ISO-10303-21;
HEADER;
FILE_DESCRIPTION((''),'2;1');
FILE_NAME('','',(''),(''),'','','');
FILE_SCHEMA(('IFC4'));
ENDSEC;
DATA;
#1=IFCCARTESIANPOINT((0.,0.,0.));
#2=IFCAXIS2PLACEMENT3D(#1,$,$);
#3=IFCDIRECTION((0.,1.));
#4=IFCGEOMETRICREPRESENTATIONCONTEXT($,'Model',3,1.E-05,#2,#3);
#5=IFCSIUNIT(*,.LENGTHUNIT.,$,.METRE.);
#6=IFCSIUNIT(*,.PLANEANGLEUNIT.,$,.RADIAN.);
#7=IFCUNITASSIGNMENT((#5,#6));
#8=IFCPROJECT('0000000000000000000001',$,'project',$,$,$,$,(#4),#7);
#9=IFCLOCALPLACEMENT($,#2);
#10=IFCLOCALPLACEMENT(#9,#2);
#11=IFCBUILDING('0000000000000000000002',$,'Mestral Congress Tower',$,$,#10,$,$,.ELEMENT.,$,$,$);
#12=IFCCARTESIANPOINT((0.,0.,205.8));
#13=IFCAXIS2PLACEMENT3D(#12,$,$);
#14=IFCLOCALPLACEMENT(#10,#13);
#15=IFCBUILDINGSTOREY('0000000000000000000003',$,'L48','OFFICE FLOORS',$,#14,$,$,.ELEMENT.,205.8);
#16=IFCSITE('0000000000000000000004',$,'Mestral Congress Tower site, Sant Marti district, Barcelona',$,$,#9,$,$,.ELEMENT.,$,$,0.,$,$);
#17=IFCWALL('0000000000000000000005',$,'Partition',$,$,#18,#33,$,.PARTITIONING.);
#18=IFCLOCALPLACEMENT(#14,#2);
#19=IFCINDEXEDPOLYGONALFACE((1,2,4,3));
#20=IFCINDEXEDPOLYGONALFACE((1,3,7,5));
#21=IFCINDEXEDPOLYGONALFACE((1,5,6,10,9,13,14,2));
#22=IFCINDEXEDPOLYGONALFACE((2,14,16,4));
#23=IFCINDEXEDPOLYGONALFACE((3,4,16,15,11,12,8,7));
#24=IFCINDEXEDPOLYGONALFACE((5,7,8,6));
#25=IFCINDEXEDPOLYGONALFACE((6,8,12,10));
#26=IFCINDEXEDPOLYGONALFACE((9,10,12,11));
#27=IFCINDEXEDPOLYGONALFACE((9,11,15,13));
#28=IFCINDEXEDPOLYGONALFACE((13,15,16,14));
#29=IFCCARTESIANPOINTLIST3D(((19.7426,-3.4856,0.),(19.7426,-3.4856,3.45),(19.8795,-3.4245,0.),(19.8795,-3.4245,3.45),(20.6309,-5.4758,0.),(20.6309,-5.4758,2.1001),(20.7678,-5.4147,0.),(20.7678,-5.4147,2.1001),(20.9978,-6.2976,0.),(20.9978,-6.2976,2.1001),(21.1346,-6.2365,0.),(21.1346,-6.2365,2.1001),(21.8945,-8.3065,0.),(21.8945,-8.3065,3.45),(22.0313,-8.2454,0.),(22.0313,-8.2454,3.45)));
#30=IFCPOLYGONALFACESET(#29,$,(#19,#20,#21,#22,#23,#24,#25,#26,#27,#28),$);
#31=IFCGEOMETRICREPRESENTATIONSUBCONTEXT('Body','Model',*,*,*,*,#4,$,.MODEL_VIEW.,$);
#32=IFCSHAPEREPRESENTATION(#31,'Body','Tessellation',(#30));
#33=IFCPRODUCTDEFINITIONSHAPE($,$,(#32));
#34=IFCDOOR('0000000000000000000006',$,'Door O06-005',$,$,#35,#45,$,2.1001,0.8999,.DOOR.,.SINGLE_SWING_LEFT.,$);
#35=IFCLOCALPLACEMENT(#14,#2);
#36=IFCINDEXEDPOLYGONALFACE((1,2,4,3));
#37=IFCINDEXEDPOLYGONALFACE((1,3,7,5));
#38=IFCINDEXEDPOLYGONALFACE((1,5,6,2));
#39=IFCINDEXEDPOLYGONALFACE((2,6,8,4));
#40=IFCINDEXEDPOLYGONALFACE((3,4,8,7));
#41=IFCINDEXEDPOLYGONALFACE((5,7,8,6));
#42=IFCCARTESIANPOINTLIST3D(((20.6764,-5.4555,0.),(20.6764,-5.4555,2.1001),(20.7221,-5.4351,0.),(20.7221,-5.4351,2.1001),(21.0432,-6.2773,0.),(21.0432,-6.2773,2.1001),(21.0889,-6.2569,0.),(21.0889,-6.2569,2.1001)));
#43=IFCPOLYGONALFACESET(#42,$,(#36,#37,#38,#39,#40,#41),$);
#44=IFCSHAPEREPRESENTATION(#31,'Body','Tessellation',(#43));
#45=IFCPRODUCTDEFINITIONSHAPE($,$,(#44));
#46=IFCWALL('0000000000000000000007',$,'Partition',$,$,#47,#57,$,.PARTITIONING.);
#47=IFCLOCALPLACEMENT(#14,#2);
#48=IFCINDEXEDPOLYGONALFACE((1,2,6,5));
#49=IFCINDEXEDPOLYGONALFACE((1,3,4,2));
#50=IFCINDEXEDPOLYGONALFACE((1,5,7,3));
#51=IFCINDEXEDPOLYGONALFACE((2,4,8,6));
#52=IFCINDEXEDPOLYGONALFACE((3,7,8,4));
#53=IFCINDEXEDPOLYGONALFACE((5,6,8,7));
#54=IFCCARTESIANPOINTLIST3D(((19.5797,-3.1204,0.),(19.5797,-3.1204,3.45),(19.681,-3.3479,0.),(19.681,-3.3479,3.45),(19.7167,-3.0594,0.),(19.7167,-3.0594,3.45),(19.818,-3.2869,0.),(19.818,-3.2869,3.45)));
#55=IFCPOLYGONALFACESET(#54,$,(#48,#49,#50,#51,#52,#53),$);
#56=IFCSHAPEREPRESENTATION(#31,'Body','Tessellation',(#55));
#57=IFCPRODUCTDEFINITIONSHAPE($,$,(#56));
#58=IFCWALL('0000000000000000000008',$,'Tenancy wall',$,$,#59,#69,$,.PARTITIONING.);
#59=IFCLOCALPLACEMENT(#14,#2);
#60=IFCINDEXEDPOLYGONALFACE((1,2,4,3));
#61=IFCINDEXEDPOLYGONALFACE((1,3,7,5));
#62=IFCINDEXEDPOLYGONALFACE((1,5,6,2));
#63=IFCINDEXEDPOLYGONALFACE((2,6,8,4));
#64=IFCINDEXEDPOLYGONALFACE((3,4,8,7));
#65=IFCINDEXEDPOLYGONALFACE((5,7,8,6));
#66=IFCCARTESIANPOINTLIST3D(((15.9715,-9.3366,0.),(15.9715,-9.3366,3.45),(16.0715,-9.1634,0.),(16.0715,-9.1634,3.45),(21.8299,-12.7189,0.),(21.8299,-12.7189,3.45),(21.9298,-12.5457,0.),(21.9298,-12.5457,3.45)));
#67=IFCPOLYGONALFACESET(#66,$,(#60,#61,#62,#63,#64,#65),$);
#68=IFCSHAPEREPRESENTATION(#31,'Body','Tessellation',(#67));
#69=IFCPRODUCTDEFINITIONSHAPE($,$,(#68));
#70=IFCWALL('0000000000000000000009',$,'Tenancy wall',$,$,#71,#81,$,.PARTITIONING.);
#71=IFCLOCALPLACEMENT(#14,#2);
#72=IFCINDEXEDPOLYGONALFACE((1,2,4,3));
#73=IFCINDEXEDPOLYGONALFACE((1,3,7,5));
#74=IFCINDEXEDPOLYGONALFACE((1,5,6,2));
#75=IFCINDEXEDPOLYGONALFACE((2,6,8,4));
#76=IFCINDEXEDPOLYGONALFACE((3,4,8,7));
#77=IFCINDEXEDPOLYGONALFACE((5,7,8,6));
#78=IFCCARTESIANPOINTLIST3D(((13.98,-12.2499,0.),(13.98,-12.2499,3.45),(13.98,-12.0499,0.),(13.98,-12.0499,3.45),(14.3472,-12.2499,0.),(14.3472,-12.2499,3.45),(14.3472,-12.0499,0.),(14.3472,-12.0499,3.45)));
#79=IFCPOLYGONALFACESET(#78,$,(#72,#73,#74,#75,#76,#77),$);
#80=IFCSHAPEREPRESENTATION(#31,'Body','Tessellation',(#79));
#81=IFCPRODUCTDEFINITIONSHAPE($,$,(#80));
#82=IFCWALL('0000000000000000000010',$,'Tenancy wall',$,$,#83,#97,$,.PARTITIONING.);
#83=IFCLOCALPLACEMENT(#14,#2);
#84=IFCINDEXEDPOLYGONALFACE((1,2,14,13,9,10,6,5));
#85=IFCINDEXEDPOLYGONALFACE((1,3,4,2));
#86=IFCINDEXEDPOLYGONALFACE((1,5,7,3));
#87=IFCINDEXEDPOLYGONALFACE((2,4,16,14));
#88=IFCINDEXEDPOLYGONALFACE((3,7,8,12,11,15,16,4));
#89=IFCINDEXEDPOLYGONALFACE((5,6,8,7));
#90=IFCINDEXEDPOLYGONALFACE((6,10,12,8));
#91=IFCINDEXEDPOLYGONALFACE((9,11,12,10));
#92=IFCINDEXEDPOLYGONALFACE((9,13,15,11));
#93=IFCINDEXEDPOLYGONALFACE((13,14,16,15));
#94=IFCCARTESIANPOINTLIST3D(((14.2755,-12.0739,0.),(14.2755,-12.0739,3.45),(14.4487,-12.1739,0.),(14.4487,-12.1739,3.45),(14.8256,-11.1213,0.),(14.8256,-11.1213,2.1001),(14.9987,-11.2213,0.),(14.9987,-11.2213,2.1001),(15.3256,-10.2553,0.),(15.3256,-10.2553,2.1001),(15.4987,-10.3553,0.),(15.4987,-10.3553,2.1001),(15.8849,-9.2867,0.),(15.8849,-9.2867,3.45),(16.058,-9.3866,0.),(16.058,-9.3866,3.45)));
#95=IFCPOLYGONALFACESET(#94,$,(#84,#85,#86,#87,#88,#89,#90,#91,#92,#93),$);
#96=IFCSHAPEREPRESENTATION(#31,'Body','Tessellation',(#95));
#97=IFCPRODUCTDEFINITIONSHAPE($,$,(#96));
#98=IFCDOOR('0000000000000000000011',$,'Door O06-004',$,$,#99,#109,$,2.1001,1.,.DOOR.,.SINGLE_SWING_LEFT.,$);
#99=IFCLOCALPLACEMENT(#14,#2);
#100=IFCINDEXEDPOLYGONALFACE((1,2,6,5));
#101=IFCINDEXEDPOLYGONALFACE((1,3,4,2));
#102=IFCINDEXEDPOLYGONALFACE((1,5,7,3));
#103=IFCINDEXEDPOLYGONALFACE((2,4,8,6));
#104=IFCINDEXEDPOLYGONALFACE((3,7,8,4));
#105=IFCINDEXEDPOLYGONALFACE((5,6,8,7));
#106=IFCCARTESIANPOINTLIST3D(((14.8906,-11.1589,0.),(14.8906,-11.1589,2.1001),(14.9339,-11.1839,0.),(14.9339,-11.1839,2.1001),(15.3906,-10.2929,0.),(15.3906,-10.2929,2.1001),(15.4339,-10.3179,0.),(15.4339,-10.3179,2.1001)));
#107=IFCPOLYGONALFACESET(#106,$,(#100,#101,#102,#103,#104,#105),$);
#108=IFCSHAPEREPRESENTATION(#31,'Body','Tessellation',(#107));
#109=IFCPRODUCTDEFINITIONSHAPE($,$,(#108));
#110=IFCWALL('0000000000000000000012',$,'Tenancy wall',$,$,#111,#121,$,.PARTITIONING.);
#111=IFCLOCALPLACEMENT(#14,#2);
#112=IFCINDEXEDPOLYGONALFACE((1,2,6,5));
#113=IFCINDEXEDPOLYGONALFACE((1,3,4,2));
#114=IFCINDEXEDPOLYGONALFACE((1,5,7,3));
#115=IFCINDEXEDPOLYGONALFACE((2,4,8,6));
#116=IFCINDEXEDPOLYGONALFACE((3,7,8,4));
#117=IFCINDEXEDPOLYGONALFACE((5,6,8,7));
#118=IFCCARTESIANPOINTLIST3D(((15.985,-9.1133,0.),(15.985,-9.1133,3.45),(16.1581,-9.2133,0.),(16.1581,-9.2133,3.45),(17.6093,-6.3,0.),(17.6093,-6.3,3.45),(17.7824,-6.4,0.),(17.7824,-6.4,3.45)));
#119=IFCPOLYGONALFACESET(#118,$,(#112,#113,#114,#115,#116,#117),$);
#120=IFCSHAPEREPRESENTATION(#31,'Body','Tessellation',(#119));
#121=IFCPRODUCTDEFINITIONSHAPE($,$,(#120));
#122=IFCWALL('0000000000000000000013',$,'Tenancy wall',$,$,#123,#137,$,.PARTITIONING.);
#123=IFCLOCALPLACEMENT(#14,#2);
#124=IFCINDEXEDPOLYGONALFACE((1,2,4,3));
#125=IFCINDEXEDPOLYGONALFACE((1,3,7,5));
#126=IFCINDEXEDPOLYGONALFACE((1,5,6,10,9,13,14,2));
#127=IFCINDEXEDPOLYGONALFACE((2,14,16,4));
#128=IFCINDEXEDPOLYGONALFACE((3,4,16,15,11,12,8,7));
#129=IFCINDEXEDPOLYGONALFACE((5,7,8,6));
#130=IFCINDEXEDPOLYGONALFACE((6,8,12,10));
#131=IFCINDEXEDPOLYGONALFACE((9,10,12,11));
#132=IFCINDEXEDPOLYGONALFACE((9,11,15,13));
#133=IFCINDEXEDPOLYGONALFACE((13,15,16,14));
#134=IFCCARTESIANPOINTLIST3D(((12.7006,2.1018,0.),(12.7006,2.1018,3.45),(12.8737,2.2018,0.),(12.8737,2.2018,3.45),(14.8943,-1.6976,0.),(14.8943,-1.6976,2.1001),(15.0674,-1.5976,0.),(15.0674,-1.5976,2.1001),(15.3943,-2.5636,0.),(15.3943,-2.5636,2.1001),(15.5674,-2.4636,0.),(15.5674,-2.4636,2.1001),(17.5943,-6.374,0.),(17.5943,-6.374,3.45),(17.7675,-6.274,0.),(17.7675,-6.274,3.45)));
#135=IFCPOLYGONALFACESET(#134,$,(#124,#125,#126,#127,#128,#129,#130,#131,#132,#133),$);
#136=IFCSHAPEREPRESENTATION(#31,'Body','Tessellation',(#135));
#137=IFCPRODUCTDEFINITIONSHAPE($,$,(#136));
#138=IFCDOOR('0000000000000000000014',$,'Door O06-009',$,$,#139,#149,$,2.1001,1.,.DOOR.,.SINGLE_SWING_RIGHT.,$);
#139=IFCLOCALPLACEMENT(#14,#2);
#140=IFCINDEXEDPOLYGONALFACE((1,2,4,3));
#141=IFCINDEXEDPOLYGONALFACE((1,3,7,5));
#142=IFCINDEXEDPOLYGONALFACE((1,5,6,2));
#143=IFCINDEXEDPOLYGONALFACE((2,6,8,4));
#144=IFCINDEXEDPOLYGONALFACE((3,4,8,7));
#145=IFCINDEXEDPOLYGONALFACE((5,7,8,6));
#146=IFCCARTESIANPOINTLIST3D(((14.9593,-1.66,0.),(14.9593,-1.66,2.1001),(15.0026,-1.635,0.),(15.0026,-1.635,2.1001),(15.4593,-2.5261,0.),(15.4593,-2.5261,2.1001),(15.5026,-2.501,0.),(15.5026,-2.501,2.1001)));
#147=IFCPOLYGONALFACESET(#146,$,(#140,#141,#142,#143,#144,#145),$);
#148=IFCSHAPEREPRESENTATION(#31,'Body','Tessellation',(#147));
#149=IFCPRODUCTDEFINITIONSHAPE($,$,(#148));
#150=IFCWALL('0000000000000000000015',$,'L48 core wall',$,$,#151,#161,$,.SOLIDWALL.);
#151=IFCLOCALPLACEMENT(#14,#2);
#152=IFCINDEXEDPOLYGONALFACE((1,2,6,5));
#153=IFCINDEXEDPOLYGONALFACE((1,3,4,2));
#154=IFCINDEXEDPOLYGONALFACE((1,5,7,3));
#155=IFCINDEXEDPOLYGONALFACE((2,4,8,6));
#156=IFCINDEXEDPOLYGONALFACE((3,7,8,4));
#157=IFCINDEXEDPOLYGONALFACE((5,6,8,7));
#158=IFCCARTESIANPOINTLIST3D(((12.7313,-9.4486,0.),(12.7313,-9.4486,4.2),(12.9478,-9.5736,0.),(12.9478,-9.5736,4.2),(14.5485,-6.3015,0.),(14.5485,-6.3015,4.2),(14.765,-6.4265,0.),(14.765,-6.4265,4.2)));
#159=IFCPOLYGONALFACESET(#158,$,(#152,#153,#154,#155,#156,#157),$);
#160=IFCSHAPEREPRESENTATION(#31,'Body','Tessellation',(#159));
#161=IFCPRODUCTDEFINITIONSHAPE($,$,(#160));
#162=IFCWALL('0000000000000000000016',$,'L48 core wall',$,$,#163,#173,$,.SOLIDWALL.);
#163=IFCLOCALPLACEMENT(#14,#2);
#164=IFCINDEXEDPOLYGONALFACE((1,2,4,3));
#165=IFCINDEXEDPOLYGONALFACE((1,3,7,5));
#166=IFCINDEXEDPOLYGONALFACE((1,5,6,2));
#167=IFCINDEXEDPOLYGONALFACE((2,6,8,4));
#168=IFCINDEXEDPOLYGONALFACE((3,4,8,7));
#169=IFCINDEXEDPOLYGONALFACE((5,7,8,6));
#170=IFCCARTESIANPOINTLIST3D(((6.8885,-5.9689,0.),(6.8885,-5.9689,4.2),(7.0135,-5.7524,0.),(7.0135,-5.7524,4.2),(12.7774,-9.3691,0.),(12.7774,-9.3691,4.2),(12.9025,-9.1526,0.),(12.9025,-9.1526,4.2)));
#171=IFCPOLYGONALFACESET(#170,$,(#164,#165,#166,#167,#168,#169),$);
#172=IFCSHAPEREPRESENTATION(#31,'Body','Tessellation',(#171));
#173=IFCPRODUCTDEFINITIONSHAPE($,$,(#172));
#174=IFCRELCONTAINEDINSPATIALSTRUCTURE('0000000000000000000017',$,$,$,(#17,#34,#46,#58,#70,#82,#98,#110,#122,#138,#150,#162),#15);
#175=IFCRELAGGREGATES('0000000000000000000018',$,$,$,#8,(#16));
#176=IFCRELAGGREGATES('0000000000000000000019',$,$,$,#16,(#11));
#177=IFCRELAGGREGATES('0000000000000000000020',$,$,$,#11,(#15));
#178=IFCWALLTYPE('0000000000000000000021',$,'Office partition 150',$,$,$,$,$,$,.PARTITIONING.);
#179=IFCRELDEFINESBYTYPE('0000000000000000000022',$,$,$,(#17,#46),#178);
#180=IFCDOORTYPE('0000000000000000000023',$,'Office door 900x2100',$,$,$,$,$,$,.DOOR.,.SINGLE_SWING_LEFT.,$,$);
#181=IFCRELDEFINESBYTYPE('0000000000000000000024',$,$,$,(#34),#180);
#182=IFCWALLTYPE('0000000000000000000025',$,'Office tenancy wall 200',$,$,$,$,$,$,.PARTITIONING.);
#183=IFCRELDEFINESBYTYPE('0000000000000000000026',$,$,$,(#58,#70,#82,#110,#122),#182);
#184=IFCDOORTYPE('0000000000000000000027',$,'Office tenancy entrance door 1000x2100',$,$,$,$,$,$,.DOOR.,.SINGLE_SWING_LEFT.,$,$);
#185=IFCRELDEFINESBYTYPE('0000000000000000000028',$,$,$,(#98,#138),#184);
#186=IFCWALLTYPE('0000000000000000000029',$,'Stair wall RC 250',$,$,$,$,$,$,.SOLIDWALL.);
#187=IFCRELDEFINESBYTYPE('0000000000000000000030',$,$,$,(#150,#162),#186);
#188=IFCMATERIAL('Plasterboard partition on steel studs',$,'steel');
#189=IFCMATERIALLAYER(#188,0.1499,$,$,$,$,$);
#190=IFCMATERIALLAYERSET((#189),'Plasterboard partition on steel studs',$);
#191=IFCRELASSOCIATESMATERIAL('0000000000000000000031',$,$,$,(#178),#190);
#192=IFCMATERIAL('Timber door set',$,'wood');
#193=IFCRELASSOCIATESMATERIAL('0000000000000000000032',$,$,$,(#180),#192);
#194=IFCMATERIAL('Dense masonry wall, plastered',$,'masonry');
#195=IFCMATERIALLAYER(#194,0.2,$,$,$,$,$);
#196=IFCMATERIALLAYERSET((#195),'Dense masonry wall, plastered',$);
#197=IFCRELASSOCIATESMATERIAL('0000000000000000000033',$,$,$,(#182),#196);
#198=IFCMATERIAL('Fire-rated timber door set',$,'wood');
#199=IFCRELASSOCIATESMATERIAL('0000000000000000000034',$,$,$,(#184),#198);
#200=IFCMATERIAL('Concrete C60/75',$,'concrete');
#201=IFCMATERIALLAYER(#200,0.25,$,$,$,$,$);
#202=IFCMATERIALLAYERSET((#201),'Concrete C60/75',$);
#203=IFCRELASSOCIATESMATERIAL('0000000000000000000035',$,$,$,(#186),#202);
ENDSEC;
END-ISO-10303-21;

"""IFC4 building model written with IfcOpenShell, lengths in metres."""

from ifc_helpers import new_model, si_unit, direction, frame, frame_2d, origin, place, context, subcontext, project, spatial, rectangle, extrude, material, layer, layer_set, type_object, element, fill, save


model = new_model("IFC4")

# Units and contexts
model_context = context("Model", 3, precision=1e-05, world=origin(), true_north=direction((0.0, 1.0)))
body_context = subcontext(model_context, "Body", "Model", "MODEL_VIEW")
ifc_project = project(units=[si_unit("LENGTHUNIT", "METRE"), si_unit("PLANEANGLEUNIT", "RADIAN")], contexts=[model_context])

# Site, building, storey
site_placement = place(None, origin())
site = spatial("IfcSite", under=ifc_project, at=site_placement, Name="Mestral Congress Tower site, Sant Marti district, Barcelona", CompositionType="ELEMENT", RefElevation=0.0)
building_placement = place(site_placement, origin())
building = spatial("IfcBuilding", under=site, at=building_placement, Name="Mestral Congress Tower", CompositionType="ELEMENT")
storey_placement = place(building_placement, frame((0.0, 0.0, 205.8)))
storey = spatial("IfcBuildingStorey", under=building, at=storey_placement, Name="L48", Description="OFFICE FLOORS", CompositionType="ELEMENT", Elevation=205.8)

# Shared definitions
ifc_material_1 = material(Name="Concrete C60/75", Category="concrete")

# Shared definitions
ifc_material_2 = material(Name="Plasterboard partition on steel studs", Category="steel")
ifc_layer_1 = layer(ifc_material_2, 0.1499)
ifc_layer_set_1 = layer_set([ifc_layer_1], Name="Plasterboard partition on steel studs")
wall_type_1 = type_object("IfcWallType", Name="Office partition 150", PredefinedType="PARTITIONING", material=ifc_layer_set_1)

# Wall, opening, door
wall_1_placement = place(storey_placement, frame((19.811, -3.4551, 0.0), z_axis=(0.0, 0.0, 1.0), x_axis=(0.407605, -0.913158, 0.0)))
wall_1 = element("IfcWall", 1, at=wall_1_placement, inside=storey, type_object=wall_type_1, Name="Partition", PredefinedType="PARTITIONING", context=body_context, shape_type="SweptSolid", body=[
    extrude(rectangle(XDim=5.2793, YDim=0.1499, at=frame_2d((2.6396, 0.0))), origin(), (0.0, 0.0, 1.0), 3.45),
])
opening_1_placement = place(wall_1_placement, frame((2.1794, 0.0, 0.0)))
opening_1 = element("IfcOpeningElement", 2, at=opening_1_placement, cuts=wall_1, PredefinedType="OPENING", context=body_context, shape_type="SweptSolid", body=[
    extrude(rectangle(XDim=0.8999, YDim=2.1001, at=frame_2d((0.45, 1.05))), frame((0.0, 0.085, 0.0), z_axis=(0.0, -1.0, 0.0), x_axis=(1.0, 0.0, 0.0)), (0.0, 0.0, 1.0), 0.1699),
])
ifc_material_3 = material(Name="Timber door set", Category="wood")
door_type_1 = type_object("IfcDoorType", Name="Office door 900x2100", OperationType="SINGLE_SWING_LEFT", PredefinedType="DOOR", material=ifc_material_3)
door_1_placement = place(opening_1_placement, origin())
door_1 = element("IfcDoor", 3, at=door_1_placement, inside=storey, type_object=door_type_1, Name="Door O06-005", OperationType="SINGLE_SWING_LEFT", OverallHeight=2.1001, OverallWidth=0.8999, PredefinedType="DOOR", context=body_context, shape_type="SweptSolid", body=[
    extrude(rectangle(XDim=0.8999, YDim=2.1001, at=frame_2d((0.45, 1.05))), frame((0.0, 0.0249, 0.0), z_axis=(0.0, -1.0, 0.0), x_axis=(1.0, 0.0, 0.0)), (0.0, 0.0, 1.0), 0.05),
])
fill(opening_1, door_1)

# Walls
wall_2_placement = place(storey_placement, frame((19.7495, -3.3174, 0.0), z_axis=(0.0, 0.0, 1.0), x_axis=(-0.406775, 0.913528, 0.0)))
element("IfcWall", 4, at=wall_2_placement, inside=storey, type_object=wall_type_1, Name="Partition", PredefinedType="PARTITIONING", context=body_context, shape_type="SweptSolid", body=[
    extrude(rectangle(XDim=0.249, YDim=0.1499, at=frame_2d((0.1245, 0.0))), origin(), (0.0, 0.0, 1.0), 3.45),
])
ifc_material_4 = material(Name="Dense masonry wall, plastered", Category="masonry")
ifc_layer_2 = layer(ifc_material_4, 0.2)
ifc_layer_set_2 = layer_set([ifc_layer_2], Name="Dense masonry wall, plastered")
wall_type_2 = type_object("IfcWallType", Name="Office tenancy wall 200", PredefinedType="PARTITIONING", material=ifc_layer_set_2)
wall_3_placement = place(storey_placement, frame((16.0215, -9.25, 0.0), z_axis=(0.0, 0.0, 1.0), x_axis=(0.866027, -0.499997, 0.0)))
element("IfcWall", 5, at=wall_3_placement, inside=storey, type_object=wall_type_2, Name="Tenancy wall", PredefinedType="PARTITIONING", context=body_context, shape_type="SweptSolid", body=[
    extrude(rectangle(XDim=6.7646, YDim=0.2, at=frame_2d((3.3823, 0.0))), origin(), (0.0, 0.0, 1.0), 3.45),
])
wall_4_placement = place(storey_placement, frame((13.98, -12.1499, 0.0), z_axis=(0.0, 0.0, 1.0), x_axis=(1.0, 0.0, 0.0)))
element("IfcWall", 6, at=wall_4_placement, inside=storey, type_object=wall_type_2, Name="Tenancy wall", PredefinedType="PARTITIONING", context=body_context, shape_type="SweptSolid", body=[
    extrude(rectangle(XDim=0.3672, YDim=0.2, at=frame_2d((0.1836, 0.0))), origin(), (0.0, 0.0, 1.0), 3.45),
])

# Wall, opening, door
wall_5_placement = place(storey_placement, frame((14.3621, -12.124, 0.0), z_axis=(0.0, 0.0, 1.0), x_axis=(0.500022, 0.866013, 0.0)))
wall_5 = element("IfcWall", 7, at=wall_5_placement, inside=storey, type_object=wall_type_2, Name="Tenancy wall", PredefinedType="PARTITIONING", context=body_context, shape_type="SweptSolid", body=[
    extrude(rectangle(XDim=3.2185, YDim=0.2, at=frame_2d((1.6094, 0.0))), origin(), (0.0, 0.0, 1.0), 3.45),
])
opening_2_placement = place(wall_5_placement, frame((1.1001, 0.0, 0.0)))
opening_2 = element("IfcOpeningElement", 8, at=opening_2_placement, cuts=wall_5, PredefinedType="OPENING", context=body_context, shape_type="SweptSolid", body=[
    extrude(rectangle(XDim=1.0, YDim=2.1001, at=frame_2d((0.5, 1.05))), frame((0.0, 0.1099, 0.0), z_axis=(0.0, -1.0, 0.0), x_axis=(1.0, 0.0, 0.0)), (0.0, 0.0, 1.0), 0.22),
])
ifc_material_5 = material(Name="Fire-rated timber door set", Category="wood")
door_type_2 = type_object("IfcDoorType", Name="Office tenancy entrance door 1000x2100", OperationType="SINGLE_SWING_LEFT", PredefinedType="DOOR", material=ifc_material_5)
door_2_placement = place(opening_2_placement, origin())
door_2 = element("IfcDoor", 9, at=door_2_placement, inside=storey, type_object=door_type_2, Name="Door O06-004", OperationType="SINGLE_SWING_LEFT", OverallHeight=2.1001, OverallWidth=1.0, PredefinedType="DOOR", context=body_context, shape_type="SweptSolid", body=[
    extrude(rectangle(XDim=1.0, YDim=2.1001, at=frame_2d((0.5, 1.05))), frame((0.0, 0.0249, 0.0), z_axis=(0.0, -1.0, 0.0), x_axis=(1.0, 0.0, 0.0)), (0.0, 0.0, 1.0), 0.05),
])
fill(opening_2, door_2)

# Wall
wall_6_placement = place(storey_placement, frame((16.0715, -9.1633, 0.0), z_axis=(0.0, 0.0, 1.0), x_axis=(0.500011, 0.866019, 0.0)))
element("IfcWall", 10, at=wall_6_placement, inside=storey, type_object=wall_type_2, Name="Tenancy wall", PredefinedType="PARTITIONING", context=body_context, shape_type="SweptSolid", body=[
    extrude(rectangle(XDim=3.2485, YDim=0.2, at=frame_2d((1.6243, 0.0))), origin(), (0.0, 0.0, 1.0), 3.45),
])

# Wall, opening, door
wall_7_placement = place(storey_placement, frame((17.6809, -6.324, 0.0), z_axis=(0.0, 0.0, 1.0), x_axis=(-0.500021, 0.866013, 0.0)))
wall_7 = element("IfcWall", 11, at=wall_7_placement, inside=storey, type_object=wall_type_2, Name="Tenancy wall", PredefinedType="PARTITIONING", context=body_context, shape_type="SweptSolid", body=[
    extrude(rectangle(XDim=9.7871, YDim=0.2, at=frame_2d((4.8936, 0.0))), origin(), (0.0, 0.0, 1.0), 3.45),
])
opening_3_placement = place(wall_7_placement, frame((4.3999, 0.0, 0.0)))
opening_3 = element("IfcOpeningElement", 12, at=opening_3_placement, cuts=wall_7, PredefinedType="OPENING", context=body_context, shape_type="SweptSolid", body=[
    extrude(rectangle(XDim=1.0, YDim=2.1001, at=frame_2d((0.5, 1.05))), frame((0.0, 0.1099, 0.0), z_axis=(0.0, -1.0, 0.0), x_axis=(1.0, 0.0, 0.0)), (0.0, 0.0, 1.0), 0.22),
])
door_3_placement = place(opening_3_placement, origin())
door_3 = element("IfcDoor", 13, at=door_3_placement, inside=storey, type_object=door_type_2, Name="Door O06-009", OperationType="SINGLE_SWING_RIGHT", OverallHeight=2.1001, OverallWidth=1.0, PredefinedType="DOOR", context=body_context, shape_type="SweptSolid", body=[
    extrude(rectangle(XDim=1.0, YDim=2.1001, at=frame_2d((0.5, 1.05))), frame((0.0, 0.0249, 0.0), z_axis=(0.0, -1.0, 0.0), x_axis=(1.0, 0.0, 0.0)), (0.0, 0.0, 1.0), 0.05),
])
fill(opening_3, door_3)

# Walls
ifc_layer_3 = layer(ifc_material_1, 0.25)
ifc_layer_set_3 = layer_set([ifc_layer_3], Name="Concrete C60/75")
wall_type_3 = type_object("IfcWallType", Name="Stair wall RC 250", PredefinedType="SOLIDWALL", material=ifc_layer_set_3)
wall_8_placement = place(storey_placement, frame((12.8396, -9.511, 0.0), z_axis=(0.0, 0.0, 1.0), x_axis=(0.500048, 0.865998, 0.0)))
element("IfcWall", 14, at=wall_8_placement, inside=storey, type_object=wall_type_3, Name="L48 core wall", PredefinedType="SOLIDWALL", context=body_context, shape_type="SweptSolid", body=[
    extrude(rectangle(XDim=3.634, YDim=0.25, at=frame_2d((1.8169, 0.0))), origin(), (0.0, 0.0, 1.0), 4.2),
])
wall_9_placement = place(storey_placement, frame((12.8398, -9.2607, 0.0), z_axis=(0.0, 0.0, 1.0), x_axis=(-0.866014, 0.50002, 0.0)))
element("IfcWall", 15, at=wall_9_placement, inside=storey, type_object=wall_type_3, Name="L48 core wall", PredefinedType="SOLIDWALL", context=body_context, shape_type="SweptSolid", body=[
    extrude(rectangle(XDim=6.8, YDim=0.25, at=frame_2d((3.3999, 0.0))), origin(), (0.0, 0.0, 1.0), 4.2),
])

save(model, "model.ifc")
